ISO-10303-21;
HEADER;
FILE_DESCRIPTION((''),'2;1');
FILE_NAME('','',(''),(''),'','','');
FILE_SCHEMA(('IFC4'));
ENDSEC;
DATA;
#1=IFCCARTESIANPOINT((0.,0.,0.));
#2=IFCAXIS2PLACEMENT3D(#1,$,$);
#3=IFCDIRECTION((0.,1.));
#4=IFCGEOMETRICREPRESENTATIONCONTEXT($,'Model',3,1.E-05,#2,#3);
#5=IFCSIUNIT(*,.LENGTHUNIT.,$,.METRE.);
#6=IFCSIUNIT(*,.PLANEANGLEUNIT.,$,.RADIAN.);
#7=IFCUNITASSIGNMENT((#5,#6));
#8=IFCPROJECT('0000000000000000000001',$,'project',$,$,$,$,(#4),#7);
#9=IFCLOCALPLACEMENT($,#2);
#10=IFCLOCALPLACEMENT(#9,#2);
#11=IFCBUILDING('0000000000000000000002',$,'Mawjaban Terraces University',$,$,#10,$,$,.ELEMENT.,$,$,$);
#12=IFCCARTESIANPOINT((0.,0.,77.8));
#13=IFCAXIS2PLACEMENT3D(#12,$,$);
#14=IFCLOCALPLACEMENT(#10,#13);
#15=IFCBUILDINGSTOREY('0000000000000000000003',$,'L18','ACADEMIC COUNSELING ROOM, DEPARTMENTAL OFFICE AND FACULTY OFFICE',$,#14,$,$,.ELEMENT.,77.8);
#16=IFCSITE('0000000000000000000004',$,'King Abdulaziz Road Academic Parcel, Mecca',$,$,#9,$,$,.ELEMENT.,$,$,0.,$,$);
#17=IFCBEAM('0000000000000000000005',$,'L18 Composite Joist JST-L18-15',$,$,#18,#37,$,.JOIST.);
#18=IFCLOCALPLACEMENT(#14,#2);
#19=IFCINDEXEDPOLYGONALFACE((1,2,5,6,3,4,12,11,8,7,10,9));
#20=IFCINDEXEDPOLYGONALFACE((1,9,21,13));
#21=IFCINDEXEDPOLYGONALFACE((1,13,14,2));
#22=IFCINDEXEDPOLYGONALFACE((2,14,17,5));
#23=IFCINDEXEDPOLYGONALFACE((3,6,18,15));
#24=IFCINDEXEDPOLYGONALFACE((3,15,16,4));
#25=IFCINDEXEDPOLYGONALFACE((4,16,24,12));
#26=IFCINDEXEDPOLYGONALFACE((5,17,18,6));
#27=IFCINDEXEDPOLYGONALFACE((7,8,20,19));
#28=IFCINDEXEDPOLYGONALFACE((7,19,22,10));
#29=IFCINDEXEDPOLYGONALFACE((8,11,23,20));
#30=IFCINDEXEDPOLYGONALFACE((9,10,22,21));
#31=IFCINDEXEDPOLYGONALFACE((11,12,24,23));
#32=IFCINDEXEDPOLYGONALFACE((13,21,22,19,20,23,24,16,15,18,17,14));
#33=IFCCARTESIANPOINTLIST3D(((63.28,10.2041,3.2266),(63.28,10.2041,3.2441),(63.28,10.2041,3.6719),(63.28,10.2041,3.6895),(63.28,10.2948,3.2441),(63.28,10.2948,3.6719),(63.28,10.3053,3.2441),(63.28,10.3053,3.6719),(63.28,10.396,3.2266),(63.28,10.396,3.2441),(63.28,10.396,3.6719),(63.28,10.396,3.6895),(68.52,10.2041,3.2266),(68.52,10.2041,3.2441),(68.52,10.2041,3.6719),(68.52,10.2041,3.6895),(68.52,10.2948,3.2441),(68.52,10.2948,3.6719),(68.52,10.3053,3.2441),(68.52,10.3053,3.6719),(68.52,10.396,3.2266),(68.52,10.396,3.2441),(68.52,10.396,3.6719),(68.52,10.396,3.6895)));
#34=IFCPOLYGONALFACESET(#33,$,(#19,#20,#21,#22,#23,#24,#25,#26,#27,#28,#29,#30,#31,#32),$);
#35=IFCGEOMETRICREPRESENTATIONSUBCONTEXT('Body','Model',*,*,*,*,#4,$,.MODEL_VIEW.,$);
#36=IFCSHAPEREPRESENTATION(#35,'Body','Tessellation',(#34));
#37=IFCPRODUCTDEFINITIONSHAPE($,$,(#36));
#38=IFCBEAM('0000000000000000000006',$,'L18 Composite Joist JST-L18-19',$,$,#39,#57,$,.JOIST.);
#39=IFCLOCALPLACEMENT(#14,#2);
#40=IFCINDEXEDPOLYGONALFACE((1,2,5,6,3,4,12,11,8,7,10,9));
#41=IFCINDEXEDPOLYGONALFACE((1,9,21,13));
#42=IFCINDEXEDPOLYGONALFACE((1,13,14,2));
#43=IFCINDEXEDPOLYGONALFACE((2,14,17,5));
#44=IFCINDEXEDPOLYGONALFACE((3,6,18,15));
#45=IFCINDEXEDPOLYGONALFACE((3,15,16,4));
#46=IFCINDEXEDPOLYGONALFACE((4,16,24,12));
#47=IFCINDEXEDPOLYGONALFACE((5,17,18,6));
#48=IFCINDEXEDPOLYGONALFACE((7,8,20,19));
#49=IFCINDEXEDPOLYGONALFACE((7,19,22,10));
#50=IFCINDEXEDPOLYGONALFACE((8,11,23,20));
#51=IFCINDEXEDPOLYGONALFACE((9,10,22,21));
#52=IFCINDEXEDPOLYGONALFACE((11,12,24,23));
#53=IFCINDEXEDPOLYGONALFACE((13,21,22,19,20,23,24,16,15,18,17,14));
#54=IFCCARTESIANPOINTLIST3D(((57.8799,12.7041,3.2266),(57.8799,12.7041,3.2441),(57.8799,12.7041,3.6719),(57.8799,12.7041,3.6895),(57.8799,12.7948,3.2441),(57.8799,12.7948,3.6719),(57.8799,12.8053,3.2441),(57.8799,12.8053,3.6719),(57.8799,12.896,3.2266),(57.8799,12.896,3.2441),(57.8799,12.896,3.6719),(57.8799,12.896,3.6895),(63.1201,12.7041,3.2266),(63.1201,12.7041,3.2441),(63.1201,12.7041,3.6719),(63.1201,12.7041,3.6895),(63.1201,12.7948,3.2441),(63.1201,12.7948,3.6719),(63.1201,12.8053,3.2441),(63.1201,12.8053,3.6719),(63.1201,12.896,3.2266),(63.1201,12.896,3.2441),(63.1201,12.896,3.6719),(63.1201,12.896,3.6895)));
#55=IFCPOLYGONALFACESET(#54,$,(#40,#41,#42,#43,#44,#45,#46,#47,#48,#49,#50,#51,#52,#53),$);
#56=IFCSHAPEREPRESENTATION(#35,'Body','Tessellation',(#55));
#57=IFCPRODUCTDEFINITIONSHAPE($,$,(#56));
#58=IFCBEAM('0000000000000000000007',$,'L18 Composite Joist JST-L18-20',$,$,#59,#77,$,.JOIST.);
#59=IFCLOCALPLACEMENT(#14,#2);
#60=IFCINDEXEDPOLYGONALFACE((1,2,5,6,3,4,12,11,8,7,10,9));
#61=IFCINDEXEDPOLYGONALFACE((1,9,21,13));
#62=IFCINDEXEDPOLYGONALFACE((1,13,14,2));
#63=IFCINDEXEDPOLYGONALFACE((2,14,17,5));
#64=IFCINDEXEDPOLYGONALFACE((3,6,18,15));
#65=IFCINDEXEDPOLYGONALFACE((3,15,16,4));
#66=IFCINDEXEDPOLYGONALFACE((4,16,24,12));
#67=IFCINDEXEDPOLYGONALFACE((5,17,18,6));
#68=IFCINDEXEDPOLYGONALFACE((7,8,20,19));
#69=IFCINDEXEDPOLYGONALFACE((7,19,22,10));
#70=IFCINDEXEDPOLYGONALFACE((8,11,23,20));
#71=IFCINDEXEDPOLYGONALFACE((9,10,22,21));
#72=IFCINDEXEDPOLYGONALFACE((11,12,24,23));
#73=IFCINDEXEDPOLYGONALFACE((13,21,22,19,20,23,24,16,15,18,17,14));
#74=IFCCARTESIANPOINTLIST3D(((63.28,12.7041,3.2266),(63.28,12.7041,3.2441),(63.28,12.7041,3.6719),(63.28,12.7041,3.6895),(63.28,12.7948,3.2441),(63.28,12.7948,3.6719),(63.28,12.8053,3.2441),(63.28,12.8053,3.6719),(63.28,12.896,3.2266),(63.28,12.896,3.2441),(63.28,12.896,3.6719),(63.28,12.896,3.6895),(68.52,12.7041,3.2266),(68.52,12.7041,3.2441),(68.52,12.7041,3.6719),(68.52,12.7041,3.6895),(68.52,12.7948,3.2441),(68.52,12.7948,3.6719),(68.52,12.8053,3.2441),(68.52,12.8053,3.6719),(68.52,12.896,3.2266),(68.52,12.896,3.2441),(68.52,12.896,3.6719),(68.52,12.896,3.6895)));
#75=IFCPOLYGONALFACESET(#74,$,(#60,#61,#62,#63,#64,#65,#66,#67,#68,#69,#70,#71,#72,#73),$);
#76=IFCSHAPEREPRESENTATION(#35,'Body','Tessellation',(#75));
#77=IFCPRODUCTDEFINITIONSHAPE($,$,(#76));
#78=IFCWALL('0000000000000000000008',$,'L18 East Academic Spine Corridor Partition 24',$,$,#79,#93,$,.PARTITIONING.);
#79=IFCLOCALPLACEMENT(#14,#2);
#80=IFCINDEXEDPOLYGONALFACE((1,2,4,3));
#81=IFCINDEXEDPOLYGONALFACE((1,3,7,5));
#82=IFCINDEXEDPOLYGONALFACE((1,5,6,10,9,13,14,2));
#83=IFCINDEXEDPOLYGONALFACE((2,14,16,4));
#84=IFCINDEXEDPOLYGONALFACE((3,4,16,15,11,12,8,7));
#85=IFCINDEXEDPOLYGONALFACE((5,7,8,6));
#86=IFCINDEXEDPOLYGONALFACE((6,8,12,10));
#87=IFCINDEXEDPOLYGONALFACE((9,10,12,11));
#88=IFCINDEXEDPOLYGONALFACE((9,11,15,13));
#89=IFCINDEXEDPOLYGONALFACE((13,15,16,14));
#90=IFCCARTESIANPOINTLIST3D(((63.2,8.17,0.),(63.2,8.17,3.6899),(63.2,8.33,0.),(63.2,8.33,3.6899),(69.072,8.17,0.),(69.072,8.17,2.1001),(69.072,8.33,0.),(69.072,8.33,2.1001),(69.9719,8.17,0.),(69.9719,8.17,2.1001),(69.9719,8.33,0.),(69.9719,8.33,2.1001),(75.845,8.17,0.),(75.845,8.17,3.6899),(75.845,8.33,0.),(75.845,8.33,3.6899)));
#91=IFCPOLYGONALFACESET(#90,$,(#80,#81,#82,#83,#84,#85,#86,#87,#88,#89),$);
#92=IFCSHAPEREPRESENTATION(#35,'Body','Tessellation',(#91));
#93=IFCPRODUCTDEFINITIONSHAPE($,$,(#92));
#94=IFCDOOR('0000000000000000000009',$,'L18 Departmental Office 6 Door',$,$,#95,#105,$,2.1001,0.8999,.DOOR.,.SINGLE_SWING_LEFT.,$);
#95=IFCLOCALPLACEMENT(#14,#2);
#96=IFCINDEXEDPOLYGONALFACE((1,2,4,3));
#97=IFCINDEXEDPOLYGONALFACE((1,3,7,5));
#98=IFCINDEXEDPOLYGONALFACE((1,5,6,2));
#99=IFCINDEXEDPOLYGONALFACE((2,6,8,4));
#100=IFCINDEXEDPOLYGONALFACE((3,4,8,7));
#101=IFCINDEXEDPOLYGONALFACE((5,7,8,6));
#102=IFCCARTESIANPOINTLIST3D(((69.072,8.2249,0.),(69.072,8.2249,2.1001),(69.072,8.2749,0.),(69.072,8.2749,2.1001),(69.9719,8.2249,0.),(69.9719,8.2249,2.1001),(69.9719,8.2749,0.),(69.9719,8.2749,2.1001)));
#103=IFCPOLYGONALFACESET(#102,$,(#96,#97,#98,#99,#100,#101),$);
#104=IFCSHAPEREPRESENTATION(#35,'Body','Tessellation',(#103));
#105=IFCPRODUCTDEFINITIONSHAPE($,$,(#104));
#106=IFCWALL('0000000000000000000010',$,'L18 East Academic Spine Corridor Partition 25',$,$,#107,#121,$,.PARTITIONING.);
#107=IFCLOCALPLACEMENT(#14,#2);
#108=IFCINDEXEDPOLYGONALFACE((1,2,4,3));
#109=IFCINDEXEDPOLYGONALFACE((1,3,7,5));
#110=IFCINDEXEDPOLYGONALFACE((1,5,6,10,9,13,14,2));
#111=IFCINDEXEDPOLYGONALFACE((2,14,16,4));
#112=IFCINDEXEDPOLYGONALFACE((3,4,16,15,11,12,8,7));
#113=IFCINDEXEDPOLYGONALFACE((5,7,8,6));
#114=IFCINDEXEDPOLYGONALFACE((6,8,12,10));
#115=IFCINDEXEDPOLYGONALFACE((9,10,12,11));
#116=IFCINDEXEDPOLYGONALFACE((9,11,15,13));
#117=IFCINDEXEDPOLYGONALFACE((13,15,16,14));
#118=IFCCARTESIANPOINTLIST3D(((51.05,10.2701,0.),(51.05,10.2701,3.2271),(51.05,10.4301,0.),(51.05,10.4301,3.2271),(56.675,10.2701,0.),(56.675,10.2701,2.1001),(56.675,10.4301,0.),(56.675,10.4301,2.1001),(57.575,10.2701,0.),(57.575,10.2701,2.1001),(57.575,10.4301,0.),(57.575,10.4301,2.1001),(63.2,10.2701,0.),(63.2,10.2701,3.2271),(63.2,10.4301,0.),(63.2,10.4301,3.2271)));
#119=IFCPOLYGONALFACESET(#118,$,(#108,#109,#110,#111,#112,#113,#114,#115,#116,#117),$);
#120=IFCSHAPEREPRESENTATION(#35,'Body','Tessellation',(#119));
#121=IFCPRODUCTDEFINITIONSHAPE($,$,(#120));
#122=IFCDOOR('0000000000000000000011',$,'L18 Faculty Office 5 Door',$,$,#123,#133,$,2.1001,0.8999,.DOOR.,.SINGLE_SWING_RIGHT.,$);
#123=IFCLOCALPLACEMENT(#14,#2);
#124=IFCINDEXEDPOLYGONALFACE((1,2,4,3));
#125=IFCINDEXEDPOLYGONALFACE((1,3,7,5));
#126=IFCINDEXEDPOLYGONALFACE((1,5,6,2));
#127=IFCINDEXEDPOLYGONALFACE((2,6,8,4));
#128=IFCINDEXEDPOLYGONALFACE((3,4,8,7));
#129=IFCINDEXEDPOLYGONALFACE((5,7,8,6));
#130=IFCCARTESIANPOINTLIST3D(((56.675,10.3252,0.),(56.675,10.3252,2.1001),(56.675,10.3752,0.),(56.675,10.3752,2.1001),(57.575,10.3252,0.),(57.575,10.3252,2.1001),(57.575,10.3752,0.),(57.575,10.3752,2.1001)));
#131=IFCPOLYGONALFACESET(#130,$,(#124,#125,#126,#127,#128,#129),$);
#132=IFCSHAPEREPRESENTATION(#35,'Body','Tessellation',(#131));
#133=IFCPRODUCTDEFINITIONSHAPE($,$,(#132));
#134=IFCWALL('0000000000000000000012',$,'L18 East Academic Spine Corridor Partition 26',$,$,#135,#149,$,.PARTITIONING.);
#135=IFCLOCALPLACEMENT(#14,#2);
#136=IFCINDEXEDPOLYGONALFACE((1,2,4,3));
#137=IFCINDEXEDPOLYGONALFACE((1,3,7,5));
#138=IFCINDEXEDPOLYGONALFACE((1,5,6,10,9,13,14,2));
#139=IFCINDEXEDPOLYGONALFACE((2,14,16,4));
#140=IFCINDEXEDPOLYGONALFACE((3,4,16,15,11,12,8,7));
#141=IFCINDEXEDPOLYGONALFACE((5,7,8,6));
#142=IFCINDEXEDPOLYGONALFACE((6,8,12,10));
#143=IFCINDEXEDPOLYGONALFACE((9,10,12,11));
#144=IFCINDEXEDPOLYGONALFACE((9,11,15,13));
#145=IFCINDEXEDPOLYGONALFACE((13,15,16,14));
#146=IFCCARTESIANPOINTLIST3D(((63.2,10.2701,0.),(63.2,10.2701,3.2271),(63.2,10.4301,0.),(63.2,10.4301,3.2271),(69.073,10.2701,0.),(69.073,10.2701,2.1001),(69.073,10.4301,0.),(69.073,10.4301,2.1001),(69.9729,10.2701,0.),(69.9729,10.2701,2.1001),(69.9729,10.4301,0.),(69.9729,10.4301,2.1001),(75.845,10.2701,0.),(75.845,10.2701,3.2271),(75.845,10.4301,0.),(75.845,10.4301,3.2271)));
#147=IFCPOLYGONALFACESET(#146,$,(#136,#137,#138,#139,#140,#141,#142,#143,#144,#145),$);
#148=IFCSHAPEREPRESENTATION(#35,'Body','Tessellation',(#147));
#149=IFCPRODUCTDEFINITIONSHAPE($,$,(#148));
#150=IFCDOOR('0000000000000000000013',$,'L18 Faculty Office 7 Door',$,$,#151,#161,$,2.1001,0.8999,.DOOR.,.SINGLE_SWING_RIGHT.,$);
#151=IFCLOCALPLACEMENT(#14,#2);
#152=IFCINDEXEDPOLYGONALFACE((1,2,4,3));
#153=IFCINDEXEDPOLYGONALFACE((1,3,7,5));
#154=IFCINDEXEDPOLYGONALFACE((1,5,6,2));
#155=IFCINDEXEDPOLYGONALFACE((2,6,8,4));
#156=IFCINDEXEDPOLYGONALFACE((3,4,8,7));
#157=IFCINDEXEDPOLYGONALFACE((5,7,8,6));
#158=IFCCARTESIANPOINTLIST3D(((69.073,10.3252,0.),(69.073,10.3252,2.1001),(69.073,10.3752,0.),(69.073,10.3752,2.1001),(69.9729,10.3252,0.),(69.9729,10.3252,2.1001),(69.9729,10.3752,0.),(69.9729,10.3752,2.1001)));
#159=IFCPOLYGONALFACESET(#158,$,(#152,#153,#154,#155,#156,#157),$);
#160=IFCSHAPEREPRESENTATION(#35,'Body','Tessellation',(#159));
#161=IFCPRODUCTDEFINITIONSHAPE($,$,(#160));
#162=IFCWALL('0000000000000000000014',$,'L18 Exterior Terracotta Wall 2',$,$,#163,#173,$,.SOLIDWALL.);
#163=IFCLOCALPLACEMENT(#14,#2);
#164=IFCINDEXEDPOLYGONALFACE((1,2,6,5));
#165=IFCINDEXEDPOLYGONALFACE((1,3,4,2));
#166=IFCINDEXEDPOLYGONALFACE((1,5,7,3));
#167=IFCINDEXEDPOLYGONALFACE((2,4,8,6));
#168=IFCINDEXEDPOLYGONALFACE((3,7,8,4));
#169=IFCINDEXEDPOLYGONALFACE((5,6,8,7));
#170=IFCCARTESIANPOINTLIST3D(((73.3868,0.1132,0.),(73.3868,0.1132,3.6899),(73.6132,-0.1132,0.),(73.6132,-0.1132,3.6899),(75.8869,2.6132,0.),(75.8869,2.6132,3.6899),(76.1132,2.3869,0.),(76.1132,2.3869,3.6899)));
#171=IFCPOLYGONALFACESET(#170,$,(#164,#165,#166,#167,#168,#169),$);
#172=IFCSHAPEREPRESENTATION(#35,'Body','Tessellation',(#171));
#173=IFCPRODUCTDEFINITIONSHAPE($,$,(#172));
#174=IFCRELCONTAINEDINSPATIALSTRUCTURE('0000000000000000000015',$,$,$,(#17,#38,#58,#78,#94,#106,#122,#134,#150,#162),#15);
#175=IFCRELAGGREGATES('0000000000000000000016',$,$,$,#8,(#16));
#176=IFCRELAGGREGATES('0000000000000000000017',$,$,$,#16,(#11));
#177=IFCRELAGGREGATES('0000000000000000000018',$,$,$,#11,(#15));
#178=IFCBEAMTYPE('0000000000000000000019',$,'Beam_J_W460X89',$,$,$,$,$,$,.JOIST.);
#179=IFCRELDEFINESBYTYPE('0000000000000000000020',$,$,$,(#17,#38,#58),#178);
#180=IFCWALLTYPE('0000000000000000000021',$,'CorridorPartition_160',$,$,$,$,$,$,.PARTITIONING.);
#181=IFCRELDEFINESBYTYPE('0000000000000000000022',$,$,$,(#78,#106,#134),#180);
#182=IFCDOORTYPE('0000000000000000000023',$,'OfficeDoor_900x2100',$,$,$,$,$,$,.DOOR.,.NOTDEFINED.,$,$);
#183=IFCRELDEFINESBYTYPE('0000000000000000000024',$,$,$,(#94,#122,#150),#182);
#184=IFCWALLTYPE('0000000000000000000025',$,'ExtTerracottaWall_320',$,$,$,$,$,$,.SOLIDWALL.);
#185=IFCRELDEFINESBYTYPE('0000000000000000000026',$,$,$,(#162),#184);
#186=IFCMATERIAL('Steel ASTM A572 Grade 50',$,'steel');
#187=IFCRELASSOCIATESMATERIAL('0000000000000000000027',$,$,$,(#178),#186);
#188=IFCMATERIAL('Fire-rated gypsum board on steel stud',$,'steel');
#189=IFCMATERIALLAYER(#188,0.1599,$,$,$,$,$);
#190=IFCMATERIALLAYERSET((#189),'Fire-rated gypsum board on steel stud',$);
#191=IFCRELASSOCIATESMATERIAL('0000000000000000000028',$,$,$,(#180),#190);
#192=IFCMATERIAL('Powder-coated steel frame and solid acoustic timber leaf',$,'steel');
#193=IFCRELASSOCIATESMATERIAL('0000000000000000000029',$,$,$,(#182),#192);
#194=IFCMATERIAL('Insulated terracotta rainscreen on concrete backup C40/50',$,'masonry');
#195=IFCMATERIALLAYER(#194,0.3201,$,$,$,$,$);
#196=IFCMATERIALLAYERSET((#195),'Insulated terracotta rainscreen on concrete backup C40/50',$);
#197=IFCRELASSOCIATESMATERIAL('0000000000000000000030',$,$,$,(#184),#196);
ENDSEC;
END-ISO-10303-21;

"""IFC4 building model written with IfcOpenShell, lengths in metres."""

from ifc_helpers import new_model, si_unit, direction, frame, frame_2d, origin, origin_2d, place, context, subcontext, project, spatial, rectangle, i_section, extrude, material, layer, layer_set, material_profile, profile_set, type_object, element, fill, save


model = new_model("IFC4")

# Units and contexts
model_context = context("Model", 3, precision=1e-05, world=origin(), true_north=direction((0.0, 1.0)))
body_context = subcontext(model_context, "Body", "Model", "MODEL_VIEW")
ifc_project = project(units=[si_unit("LENGTHUNIT", "METRE"), si_unit("PLANEANGLEUNIT", "RADIAN")], contexts=[model_context])

# Site, building, storey
site_placement = place(None, origin())
site = spatial("IfcSite", under=ifc_project, at=site_placement, Name="King Abdulaziz Road Academic Parcel, Mecca", CompositionType="ELEMENT", RefElevation=0.0)
building_placement = place(site_placement, origin())
building = spatial("IfcBuilding", under=site, at=building_placement, Name="Mawjaban Terraces University", CompositionType="ELEMENT")
storey_placement = place(building_placement, frame((0.0, 0.0, 77.8)))
storey = spatial("IfcBuildingStorey", under=building, at=storey_placement, Name="L18", Description="ACADEMIC COUNSELING ROOM, DEPARTMENTAL OFFICE AND FACULTY OFFICE", CompositionType="ELEMENT", Elevation=77.8)

# Beams
ifc_material_1 = material(Name="Steel ASTM A572 Grade 50", Category="steel")
ifc_material_profile_1 = material_profile(ifc_material_1, i_section(OverallWidth=0.1919, OverallDepth=0.4629, WebThickness=0.0105, FlangeThickness=0.0176, at=origin_2d()), Name="W460X89")
ifc_profile_set_1 = profile_set([ifc_material_profile_1], Name="Steel ASTM A572 Grade 50")
beam_type_1 = type_object("IfcBeamType", Name="Beam_J_W460X89", PredefinedType="JOIST", material=ifc_profile_set_1)
beam_1_placement = place(storey_placement, frame((63.28, 10.3, 3.458), z_axis=(1.0, 0.0, 0.0), x_axis=(0.0, 1.0, 0.0)))
element("IfcBeam", 1, at=beam_1_placement, inside=storey, type_object=beam_type_1, Name="L18 Composite Joist JST-L18-15", PredefinedType="JOIST", context=body_context, shape_type="SweptSolid", body=[
    extrude(i_section(OverallWidth=0.1919, OverallDepth=0.4629, WebThickness=0.0105, FlangeThickness=0.0176, at=origin_2d()), origin(), (0.0, 0.0, 1.0), 5.24),
])
beam_2_placement = place(storey_placement, frame((57.8799, 12.8, 3.458), z_axis=(1.0, 0.0, 0.0), x_axis=(0.0, 1.0, 0.0)))
element("IfcBeam", 2, at=beam_2_placement, inside=storey, type_object=beam_type_1, Name="L18 Composite Joist JST-L18-19", PredefinedType="JOIST", context=body_context, shape_type="SweptSolid", body=[
    extrude(i_section(OverallWidth=0.1919, OverallDepth=0.4629, WebThickness=0.0105, FlangeThickness=0.0176, at=origin_2d()), origin(), (0.0, 0.0, 1.0), 5.2402),
])
beam_3_placement = place(storey_placement, frame((63.28, 12.8, 3.458), z_axis=(1.0, 0.0, 0.0), x_axis=(0.0, 1.0, 0.0)))
element("IfcBeam", 3, at=beam_3_placement, inside=storey, type_object=beam_type_1, Name="L18 Composite Joist JST-L18-20", PredefinedType="JOIST", context=body_context, shape_type="SweptSolid", body=[
    extrude(i_section(OverallWidth=0.1919, OverallDepth=0.4629, WebThickness=0.0105, FlangeThickness=0.0176, at=origin_2d()), origin(), (0.0, 0.0, 1.0), 5.24),
])

# Walls, openings, doors
ifc_material_2 = material(Name="Fire-rated gypsum board on steel stud", Category="steel")
ifc_layer_1 = layer(ifc_material_2, 0.1599)
ifc_layer_set_1 = layer_set([ifc_layer_1], Name="Fire-rated gypsum board on steel stud")
wall_type_1 = type_object("IfcWallType", Name="CorridorPartition_160", PredefinedType="PARTITIONING", material=ifc_layer_set_1)
wall_1_placement = place(storey_placement, frame((63.2, 8.25, 0.0), z_axis=(0.0, 0.0, 1.0), x_axis=(1.0, 0.0, 0.0)))
wall_1 = element("IfcWall", 4, at=wall_1_placement, inside=storey, type_object=wall_type_1, Name="L18 East Academic Spine Corridor Partition 24", PredefinedType="PARTITIONING", context=body_context, shape_type="SweptSolid", body=[
    extrude(rectangle(XDim=12.645, YDim=0.1599, at=frame_2d((6.3225, 0.0))), origin(), (0.0, 0.0, 1.0), 3.6899),
])
opening_1_placement = place(wall_1_placement, frame((5.8721, 0.0, 0.0)))
opening_1 = element("IfcOpeningElement", 5, at=opening_1_placement, cuts=wall_1, PredefinedType="OPENING", context=body_context, shape_type="SweptSolid", body=[
    extrude(rectangle(XDim=0.8999, YDim=2.1001, at=frame_2d((0.45, 1.05))), frame((0.0, 0.0898, 0.0), z_axis=(0.0, -1.0, 0.0), x_axis=(1.0, 0.0, 0.0)), (0.0, 0.0, 1.0), 0.1799),
])
ifc_material_3 = material(Name="Powder-coated steel frame and solid acoustic timber leaf", Category="steel")
door_type = type_object("IfcDoorType", Name="OfficeDoor_900x2100", OperationType="NOTDEFINED", PredefinedType="DOOR", material=ifc_material_3)
door_1_placement = place(opening_1_placement, origin())
door_1 = element("IfcDoor", 6, at=door_1_placement, inside=storey, type_object=door_type, Name="L18 Departmental Office 6 Door", OperationType="SINGLE_SWING_LEFT", OverallHeight=2.1001, OverallWidth=0.8999, PredefinedType="DOOR", context=body_context, shape_type="SweptSolid", body=[
    extrude(rectangle(XDim=0.8999, YDim=2.1001, at=frame_2d((0.45, 1.05))), frame((0.0, 0.0249, 0.0), z_axis=(0.0, -1.0, 0.0), x_axis=(1.0, 0.0, 0.0)), (0.0, 0.0, 1.0), 0.05),
])
fill(opening_1, door_1)
wall_2_placement = place(storey_placement, frame((63.2, 10.3501, 0.0), z_axis=(0.0, 0.0, 1.0), x_axis=(-1.0, 0.0, 0.0)))
wall_2 = element("IfcWall", 7, at=wall_2_placement, inside=storey, type_object=wall_type_1, Name="L18 East Academic Spine Corridor Partition 25", PredefinedType="PARTITIONING", context=body_context, shape_type="SweptSolid", body=[
    extrude(rectangle(XDim=12.1499, YDim=0.1599, at=frame_2d((6.075, 0.0))), origin(), (0.0, 0.0, 1.0), 3.2271),
])
opening_2_placement = place(wall_2_placement, frame((5.625, 0.0, 0.0)))
opening_2 = element("IfcOpeningElement", 8, at=opening_2_placement, cuts=wall_2, PredefinedType="OPENING", context=body_context, shape_type="SweptSolid", body=[
    extrude(rectangle(XDim=0.8999, YDim=2.1001, at=frame_2d((0.45, 1.05))), frame((0.0, 0.0898, 0.0), z_axis=(0.0, -1.0, 0.0), x_axis=(1.0, 0.0, 0.0)), (0.0, 0.0, 1.0), 0.1799),
])
door_2_placement = place(opening_2_placement, origin())
door_2 = element("IfcDoor", 9, at=door_2_placement, inside=storey, type_object=door_type, Name="L18 Faculty Office 5 Door", OperationType="SINGLE_SWING_RIGHT", OverallHeight=2.1001, OverallWidth=0.8999, PredefinedType="DOOR", context=body_context, shape_type="SweptSolid", body=[
    extrude(rectangle(XDim=0.8999, YDim=2.1001, at=frame_2d((0.45, 1.05))), frame((0.0, 0.0249, 0.0), z_axis=(0.0, -1.0, 0.0), x_axis=(1.0, 0.0, 0.0)), (0.0, 0.0, 1.0), 0.05),
])
fill(opening_2, door_2)
wall_3_placement = place(storey_placement, frame((75.845, 10.3501, 0.0), z_axis=(0.0, 0.0, 1.0), x_axis=(-1.0, 0.0, 0.0)))
wall_3 = element("IfcWall", 10, at=wall_3_placement, inside=storey, type_object=wall_type_1, Name="L18 East Academic Spine Corridor Partition 26", PredefinedType="PARTITIONING", context=body_context, shape_type="SweptSolid", body=[
    extrude(rectangle(XDim=12.645, YDim=0.1599, at=frame_2d((6.3225, 0.0))), origin(), (0.0, 0.0, 1.0), 3.2271),
])
opening_3_placement = place(wall_3_placement, frame((5.8721, 0.0, 0.0)))
opening_3 = element("IfcOpeningElement", 11, at=opening_3_placement, cuts=wall_3, PredefinedType="OPENING", context=body_context, shape_type="SweptSolid", body=[
    extrude(rectangle(XDim=0.8999, YDim=2.1001, at=frame_2d((0.45, 1.05))), frame((0.0, 0.0898, 0.0), z_axis=(0.0, -1.0, 0.0), x_axis=(1.0, 0.0, 0.0)), (0.0, 0.0, 1.0), 0.1799),
])
door_3_placement = place(opening_3_placement, origin())
door_3 = element("IfcDoor", 12, at=door_3_placement, inside=storey, type_object=door_type, Name="L18 Faculty Office 7 Door", OperationType="SINGLE_SWING_RIGHT", OverallHeight=2.1001, OverallWidth=0.8999, PredefinedType="DOOR", context=body_context, shape_type="SweptSolid", body=[
    extrude(rectangle(XDim=0.8999, YDim=2.1001, at=frame_2d((0.45, 1.05))), frame((0.0, 0.0249, 0.0), z_axis=(0.0, -1.0, 0.0), x_axis=(1.0, 0.0, 0.0)), (0.0, 0.0, 1.0), 0.05),
])
fill(opening_3, door_3)

# Wall
ifc_material_4 = material(Name="Insulated terracotta rainscreen on concrete backup C40/50", Category="masonry")
ifc_layer_2 = layer(ifc_material_4, 0.3201)
ifc_layer_set_2 = layer_set([ifc_layer_2], Name="Insulated terracotta rainscreen on concrete backup C40/50")
wall_type_2 = type_object("IfcWallType", Name="ExtTerracottaWall_320", PredefinedType="SOLIDWALL", material=ifc_layer_set_2)
wall_4_placement = place(storey_placement, frame((73.5, 0.0, 0.0), z_axis=(0.0, 0.0, 1.0), x_axis=(0.707107, 0.707107, 0.0)))
element("IfcWall", 13, at=wall_4_placement, inside=storey, type_object=wall_type_2, Name="L18 Exterior Terracotta Wall 2", PredefinedType="SOLIDWALL", context=body_context, shape_type="SweptSolid", body=[
    extrude(rectangle(XDim=3.5356, YDim=0.3201, at=frame_2d((1.7678, 0.0))), origin(), (0.0, 0.0, 1.0), 3.6899),
])

save(model, "model.ifc")
